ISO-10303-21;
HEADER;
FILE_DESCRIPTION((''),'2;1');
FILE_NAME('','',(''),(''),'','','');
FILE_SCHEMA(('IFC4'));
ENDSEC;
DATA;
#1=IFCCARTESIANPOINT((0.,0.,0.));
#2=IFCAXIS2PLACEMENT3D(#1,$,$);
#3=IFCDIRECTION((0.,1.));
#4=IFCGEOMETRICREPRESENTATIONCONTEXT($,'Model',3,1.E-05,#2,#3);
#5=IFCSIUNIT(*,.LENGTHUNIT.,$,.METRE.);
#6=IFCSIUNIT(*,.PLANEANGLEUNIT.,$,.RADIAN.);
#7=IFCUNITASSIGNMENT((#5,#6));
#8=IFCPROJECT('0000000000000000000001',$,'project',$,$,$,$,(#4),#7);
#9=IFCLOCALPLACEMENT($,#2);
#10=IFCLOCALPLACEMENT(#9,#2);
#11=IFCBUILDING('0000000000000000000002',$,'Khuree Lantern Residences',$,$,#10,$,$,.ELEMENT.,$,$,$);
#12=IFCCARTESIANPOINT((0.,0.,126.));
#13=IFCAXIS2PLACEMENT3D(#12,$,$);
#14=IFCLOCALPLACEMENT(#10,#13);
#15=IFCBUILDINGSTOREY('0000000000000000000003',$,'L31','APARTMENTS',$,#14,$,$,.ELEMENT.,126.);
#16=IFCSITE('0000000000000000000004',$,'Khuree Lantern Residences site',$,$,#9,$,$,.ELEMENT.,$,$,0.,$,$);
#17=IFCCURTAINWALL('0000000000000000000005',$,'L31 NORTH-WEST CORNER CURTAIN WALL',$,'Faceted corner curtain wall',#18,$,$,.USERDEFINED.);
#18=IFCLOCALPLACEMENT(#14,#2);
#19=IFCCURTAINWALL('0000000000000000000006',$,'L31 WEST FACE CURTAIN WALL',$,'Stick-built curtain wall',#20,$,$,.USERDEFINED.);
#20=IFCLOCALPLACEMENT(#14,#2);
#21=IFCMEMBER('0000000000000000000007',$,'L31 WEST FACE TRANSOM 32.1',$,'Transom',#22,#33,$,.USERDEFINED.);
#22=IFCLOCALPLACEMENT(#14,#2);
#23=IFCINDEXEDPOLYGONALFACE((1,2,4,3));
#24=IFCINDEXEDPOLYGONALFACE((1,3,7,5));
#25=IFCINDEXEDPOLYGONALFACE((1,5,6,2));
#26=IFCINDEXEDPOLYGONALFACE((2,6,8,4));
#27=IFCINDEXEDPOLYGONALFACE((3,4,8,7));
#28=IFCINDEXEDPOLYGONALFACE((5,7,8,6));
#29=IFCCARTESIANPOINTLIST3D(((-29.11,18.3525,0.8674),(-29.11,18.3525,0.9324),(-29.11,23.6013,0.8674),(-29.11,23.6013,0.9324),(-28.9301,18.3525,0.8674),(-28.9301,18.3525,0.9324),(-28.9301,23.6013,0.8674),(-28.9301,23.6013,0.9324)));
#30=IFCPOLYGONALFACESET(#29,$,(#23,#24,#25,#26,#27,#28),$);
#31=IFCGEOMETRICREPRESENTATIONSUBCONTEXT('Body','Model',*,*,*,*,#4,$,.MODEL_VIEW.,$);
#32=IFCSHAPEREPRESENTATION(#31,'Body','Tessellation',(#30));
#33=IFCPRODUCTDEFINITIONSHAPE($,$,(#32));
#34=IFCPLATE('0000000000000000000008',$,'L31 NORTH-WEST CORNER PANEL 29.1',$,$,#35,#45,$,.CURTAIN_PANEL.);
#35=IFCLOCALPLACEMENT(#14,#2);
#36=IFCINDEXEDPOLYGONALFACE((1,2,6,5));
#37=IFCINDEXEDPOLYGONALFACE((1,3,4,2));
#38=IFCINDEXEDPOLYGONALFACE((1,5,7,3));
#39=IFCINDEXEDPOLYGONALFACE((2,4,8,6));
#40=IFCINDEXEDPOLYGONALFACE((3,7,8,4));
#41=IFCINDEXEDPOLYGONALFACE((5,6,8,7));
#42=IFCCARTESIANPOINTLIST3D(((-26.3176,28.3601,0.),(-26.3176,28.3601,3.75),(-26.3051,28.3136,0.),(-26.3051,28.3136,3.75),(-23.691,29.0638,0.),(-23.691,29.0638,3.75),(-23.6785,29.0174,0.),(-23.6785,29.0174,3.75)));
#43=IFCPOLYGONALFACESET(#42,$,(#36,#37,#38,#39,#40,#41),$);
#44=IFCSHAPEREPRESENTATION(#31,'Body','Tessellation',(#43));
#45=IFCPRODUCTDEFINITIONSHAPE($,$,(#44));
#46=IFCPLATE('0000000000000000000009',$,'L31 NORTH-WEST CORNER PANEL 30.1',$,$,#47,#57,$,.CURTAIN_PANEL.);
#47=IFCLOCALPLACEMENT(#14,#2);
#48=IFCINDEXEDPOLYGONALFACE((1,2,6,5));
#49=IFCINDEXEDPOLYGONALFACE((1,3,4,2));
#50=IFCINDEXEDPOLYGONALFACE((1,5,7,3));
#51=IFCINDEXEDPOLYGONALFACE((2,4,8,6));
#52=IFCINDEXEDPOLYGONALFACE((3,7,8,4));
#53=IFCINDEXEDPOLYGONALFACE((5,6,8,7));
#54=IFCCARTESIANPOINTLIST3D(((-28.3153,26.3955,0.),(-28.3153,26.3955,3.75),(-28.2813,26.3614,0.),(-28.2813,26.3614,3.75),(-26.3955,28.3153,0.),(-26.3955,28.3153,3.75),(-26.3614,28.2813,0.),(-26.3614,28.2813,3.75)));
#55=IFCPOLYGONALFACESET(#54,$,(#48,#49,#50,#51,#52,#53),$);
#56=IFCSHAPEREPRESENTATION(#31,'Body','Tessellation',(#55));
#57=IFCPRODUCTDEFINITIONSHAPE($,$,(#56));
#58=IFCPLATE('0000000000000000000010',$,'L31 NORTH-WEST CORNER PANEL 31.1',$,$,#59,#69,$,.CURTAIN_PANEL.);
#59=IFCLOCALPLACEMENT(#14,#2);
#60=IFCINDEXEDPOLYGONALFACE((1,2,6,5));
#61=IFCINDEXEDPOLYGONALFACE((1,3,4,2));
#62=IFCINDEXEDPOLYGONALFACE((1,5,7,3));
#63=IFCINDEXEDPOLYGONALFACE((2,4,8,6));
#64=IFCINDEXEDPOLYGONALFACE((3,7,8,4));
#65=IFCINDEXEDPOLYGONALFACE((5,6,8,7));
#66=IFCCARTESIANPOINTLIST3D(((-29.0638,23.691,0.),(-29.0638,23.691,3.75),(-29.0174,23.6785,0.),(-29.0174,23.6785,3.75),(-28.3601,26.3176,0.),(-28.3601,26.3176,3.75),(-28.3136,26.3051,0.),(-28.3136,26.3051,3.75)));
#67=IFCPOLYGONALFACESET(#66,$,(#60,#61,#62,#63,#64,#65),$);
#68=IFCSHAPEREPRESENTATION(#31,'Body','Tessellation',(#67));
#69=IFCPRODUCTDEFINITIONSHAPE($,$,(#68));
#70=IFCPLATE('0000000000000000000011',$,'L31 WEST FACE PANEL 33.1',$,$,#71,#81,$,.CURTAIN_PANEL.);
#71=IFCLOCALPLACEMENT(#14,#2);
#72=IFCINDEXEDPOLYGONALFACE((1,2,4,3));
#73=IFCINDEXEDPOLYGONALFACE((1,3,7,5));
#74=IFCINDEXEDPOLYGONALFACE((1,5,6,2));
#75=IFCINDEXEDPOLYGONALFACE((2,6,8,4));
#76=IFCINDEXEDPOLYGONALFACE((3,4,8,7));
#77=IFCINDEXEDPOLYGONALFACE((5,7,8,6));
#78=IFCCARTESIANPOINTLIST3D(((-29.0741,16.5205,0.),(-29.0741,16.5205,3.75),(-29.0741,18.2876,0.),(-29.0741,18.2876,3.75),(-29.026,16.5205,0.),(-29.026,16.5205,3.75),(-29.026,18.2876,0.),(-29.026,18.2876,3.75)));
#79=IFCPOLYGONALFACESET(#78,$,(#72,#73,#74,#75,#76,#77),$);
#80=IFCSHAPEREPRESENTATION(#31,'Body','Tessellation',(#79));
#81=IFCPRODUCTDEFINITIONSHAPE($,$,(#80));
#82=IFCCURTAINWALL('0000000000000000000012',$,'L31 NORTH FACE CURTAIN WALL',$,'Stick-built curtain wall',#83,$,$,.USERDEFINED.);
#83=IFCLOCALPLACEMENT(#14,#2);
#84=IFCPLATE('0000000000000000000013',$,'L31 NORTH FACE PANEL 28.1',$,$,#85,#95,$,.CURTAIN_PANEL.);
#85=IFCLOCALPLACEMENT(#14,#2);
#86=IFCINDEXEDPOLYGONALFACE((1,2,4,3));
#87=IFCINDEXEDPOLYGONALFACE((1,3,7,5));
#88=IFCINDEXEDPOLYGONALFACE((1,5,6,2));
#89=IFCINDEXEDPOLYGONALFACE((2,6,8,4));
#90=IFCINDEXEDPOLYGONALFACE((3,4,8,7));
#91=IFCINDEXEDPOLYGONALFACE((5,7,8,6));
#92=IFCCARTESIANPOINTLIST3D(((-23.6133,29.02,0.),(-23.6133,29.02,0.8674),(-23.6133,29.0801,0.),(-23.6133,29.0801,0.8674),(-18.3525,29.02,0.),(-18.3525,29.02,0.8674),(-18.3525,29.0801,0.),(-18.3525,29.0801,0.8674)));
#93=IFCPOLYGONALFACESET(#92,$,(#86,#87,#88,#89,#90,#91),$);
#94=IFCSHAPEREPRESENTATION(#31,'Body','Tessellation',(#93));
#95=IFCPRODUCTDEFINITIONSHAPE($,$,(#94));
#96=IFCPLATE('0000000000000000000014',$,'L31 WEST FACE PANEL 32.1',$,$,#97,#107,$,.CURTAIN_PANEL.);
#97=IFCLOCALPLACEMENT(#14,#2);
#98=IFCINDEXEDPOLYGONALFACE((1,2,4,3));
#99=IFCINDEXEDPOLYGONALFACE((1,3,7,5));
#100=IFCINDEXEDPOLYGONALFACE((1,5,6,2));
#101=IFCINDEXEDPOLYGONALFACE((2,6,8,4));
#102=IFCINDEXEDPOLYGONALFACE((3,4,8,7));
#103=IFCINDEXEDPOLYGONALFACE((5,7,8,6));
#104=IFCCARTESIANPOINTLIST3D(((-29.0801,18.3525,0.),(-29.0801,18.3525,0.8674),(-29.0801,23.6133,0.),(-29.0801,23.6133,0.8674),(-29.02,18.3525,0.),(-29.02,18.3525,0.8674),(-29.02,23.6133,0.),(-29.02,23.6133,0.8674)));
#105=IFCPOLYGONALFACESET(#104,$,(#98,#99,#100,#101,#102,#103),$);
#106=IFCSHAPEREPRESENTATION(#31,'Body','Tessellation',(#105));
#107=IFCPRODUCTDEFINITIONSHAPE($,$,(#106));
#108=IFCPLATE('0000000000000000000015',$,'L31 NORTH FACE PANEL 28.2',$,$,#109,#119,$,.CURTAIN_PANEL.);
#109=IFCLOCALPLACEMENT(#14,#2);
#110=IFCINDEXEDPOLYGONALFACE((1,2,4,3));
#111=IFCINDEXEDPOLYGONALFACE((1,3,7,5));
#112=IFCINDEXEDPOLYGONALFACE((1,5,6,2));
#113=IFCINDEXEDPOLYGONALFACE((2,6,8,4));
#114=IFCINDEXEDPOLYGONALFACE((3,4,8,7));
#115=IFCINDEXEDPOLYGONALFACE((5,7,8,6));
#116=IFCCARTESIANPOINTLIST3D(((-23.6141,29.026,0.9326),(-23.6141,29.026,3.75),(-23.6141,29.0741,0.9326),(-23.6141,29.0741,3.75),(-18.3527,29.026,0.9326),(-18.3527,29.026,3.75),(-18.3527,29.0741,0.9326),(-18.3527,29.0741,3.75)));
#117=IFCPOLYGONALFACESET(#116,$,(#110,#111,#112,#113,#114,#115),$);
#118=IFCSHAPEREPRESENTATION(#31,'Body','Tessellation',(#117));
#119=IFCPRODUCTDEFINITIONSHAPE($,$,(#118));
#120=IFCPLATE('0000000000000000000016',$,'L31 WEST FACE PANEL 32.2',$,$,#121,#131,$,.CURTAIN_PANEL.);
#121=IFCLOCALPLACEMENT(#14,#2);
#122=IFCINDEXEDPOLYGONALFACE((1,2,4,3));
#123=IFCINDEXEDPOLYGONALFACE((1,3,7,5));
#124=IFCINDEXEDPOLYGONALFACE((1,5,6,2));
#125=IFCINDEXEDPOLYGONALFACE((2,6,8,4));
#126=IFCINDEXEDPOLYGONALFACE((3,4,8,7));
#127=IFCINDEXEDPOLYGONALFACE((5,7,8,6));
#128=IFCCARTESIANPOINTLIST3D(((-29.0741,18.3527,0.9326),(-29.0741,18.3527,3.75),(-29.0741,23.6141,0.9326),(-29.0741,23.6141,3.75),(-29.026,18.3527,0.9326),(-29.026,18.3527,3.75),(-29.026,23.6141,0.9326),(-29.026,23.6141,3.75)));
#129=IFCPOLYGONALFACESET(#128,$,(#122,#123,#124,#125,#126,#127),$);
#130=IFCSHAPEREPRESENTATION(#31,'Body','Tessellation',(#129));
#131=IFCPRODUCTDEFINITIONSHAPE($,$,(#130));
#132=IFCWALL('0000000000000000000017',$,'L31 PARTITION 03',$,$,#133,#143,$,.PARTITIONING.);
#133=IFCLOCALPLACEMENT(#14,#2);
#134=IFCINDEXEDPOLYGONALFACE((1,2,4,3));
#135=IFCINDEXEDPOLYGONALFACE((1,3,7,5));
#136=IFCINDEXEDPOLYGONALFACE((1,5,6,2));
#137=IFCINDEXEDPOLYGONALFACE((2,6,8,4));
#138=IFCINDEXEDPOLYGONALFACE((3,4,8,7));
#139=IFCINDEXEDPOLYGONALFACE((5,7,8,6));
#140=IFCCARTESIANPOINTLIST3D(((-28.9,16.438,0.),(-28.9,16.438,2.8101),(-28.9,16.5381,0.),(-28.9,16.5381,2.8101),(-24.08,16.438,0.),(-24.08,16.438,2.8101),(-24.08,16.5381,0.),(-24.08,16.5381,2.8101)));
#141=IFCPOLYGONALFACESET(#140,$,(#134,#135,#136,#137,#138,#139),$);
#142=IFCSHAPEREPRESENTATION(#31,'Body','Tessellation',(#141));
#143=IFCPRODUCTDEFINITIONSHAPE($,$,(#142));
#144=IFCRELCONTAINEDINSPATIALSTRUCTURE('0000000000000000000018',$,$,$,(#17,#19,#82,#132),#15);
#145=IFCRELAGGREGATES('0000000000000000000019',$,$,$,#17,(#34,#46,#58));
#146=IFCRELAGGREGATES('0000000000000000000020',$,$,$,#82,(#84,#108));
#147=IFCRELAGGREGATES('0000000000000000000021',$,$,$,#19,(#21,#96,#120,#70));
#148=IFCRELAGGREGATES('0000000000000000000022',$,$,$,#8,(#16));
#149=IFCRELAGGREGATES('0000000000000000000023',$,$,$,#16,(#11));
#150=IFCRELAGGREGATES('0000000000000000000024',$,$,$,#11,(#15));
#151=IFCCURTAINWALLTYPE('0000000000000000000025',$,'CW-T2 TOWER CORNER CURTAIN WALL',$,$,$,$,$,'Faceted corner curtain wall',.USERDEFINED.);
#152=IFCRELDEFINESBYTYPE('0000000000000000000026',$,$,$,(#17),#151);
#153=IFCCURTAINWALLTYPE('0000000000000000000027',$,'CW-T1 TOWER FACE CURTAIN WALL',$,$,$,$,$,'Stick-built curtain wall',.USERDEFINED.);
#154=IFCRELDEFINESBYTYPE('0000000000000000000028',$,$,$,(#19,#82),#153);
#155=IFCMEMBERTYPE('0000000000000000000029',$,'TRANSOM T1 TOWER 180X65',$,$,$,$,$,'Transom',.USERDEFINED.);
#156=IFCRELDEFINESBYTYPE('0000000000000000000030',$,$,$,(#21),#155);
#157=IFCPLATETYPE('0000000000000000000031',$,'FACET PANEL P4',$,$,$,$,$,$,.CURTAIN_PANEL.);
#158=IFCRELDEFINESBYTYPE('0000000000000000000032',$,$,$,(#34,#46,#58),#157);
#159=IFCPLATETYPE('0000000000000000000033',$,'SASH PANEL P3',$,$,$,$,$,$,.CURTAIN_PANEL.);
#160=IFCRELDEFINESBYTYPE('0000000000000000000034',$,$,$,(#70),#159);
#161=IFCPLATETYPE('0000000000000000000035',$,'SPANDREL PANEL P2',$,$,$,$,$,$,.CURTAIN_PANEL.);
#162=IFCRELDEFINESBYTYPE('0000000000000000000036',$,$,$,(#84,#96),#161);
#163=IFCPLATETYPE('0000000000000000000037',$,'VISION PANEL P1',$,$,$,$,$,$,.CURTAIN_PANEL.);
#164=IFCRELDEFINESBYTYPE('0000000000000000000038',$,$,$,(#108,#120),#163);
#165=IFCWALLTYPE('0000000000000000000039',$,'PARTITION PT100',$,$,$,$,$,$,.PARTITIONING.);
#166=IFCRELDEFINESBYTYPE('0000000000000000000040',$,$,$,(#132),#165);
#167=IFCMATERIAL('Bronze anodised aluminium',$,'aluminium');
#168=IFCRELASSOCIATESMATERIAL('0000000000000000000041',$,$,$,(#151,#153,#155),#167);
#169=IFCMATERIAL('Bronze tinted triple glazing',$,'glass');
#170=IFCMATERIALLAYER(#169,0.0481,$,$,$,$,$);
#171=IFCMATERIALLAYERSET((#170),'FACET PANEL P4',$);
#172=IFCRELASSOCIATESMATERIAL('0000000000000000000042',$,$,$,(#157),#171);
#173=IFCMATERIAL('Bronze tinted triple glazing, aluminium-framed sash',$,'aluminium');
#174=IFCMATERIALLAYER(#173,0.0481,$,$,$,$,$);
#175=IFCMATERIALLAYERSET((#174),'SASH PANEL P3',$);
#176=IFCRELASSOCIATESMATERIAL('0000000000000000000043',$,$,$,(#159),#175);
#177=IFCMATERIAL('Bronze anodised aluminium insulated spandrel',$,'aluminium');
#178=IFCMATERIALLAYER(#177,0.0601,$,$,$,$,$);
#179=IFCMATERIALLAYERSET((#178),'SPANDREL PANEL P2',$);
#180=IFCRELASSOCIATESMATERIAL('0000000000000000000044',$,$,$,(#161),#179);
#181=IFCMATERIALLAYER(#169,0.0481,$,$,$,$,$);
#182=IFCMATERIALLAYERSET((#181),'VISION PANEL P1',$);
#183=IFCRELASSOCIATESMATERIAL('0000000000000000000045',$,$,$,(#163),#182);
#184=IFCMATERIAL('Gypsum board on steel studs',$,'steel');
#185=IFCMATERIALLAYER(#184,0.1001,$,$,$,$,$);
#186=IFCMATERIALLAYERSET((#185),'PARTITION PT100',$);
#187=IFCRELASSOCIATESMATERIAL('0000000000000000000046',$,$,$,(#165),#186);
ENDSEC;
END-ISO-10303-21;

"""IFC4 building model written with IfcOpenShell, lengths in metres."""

from ifc_helpers import new_model, si_unit, direction, frame, frame_2d, origin, origin_2d, place, context, subcontext, project, spatial, rectangle, extrude, material, layer, layer_set, material_profile, profile_set, type_object, element, aggregate, save


model = new_model("IFC4")

# Units and contexts
model_context = context("Model", 3, precision=1e-05, world=origin(), true_north=direction((0.0, 1.0)))
body_context = subcontext(model_context, "Body", "Model", "MODEL_VIEW")
ifc_project = project(units=[si_unit("LENGTHUNIT", "METRE"), si_unit("PLANEANGLEUNIT", "RADIAN")], contexts=[model_context])

# Site, building, storey
site_placement = place(None, origin())
site = spatial("IfcSite", under=ifc_project, at=site_placement, Name="Khuree Lantern Residences site", CompositionType="ELEMENT", RefElevation=0.0)
building_placement = place(site_placement, origin())
building = spatial("IfcBuilding", under=site, at=building_placement, Name="Khuree Lantern Residences", CompositionType="ELEMENT")
storey_placement = place(building_placement, frame((0.0, 0.0, 126.0)))
storey = spatial("IfcBuildingStorey", under=building, at=storey_placement, Name="L31", Description="APARTMENTS", CompositionType="ELEMENT", Elevation=126.0)

# Curtain walls
ifc_material_1 = material(Name="Bronze anodised aluminium", Category="aluminium")
curtain_wall_type_1 = type_object("IfcCurtainWallType", Name="CW-T2 TOWER CORNER CURTAIN WALL", ElementType="Faceted corner curtain wall", PredefinedType="USERDEFINED", material=ifc_material_1)
curtain_wall_1_placement = place(storey_placement, origin())
curtain_wall_1 = element("IfcCurtainWall", 1, at=curtain_wall_1_placement, inside=storey, type_object=curtain_wall_type_1, Name="L31 NORTH-WEST CORNER CURTAIN WALL", ObjectType="Faceted corner curtain wall", PredefinedType="USERDEFINED")
curtain_wall_type_2 = type_object("IfcCurtainWallType", Name="CW-T1 TOWER FACE CURTAIN WALL", ElementType="Stick-built curtain wall", PredefinedType="USERDEFINED", material=ifc_material_1)
curtain_wall_2_placement = place(storey_placement, origin())
curtain_wall_2 = element("IfcCurtainWall", 2, at=curtain_wall_2_placement, inside=storey, type_object=curtain_wall_type_2, Name="L31 WEST FACE CURTAIN WALL", ObjectType="Stick-built curtain wall", PredefinedType="USERDEFINED")

# Member
ifc_material_profile_1 = material_profile(ifc_material_1, rectangle(XDim=0.1799, YDim=0.0649, at=origin_2d()), Name="T1 180X65")
ifc_profile_set_1 = profile_set([ifc_material_profile_1], Name="Bronze anodised aluminium")
member_type_1 = type_object("IfcMemberType", Name="TRANSOM T1 TOWER 180X65", ElementType="Transom", PredefinedType="USERDEFINED", material=ifc_profile_set_1)
member_1_placement = place(storey_placement, frame((-29.02, 23.6013, 0.8999), z_axis=(0.0, -1.0, 0.0), x_axis=(1.0, 0.0, 0.0)))
member_1 = element("IfcMember", 3, at=member_1_placement, type_object=member_type_1, Name="L31 WEST FACE TRANSOM 32.1", ObjectType="Transom", PredefinedType="USERDEFINED", context=body_context, shape_type="SweptSolid", body=[
    extrude(rectangle(XDim=0.1799, YDim=0.0649, at=origin_2d()), origin(), (0.0, 0.0, 1.0), 5.2488),
])

# Plates
ifc_material_2 = material(Name="Bronze tinted triple glazing", Category="glass")
ifc_layer_1 = layer(ifc_material_2, 0.0481)
ifc_layer_set_1 = layer_set([ifc_layer_1], Name="FACET PANEL P4")
plate_type_1 = type_object("IfcPlateType", Name="FACET PANEL P4", PredefinedType="CURTAIN_PANEL", material=ifc_layer_set_1)
plate_1_placement = place(storey_placement, frame((-24.998, 28.6887, 0.0), z_axis=(0.0, 0.0, 1.0), x_axis=(-0.965926, -0.258819, 0.0)))
plate_1 = element("IfcPlate", 4, at=plate_1_placement, type_object=plate_type_1, Name="L31 NORTH-WEST CORNER PANEL 29.1", PredefinedType="CURTAIN_PANEL", context=body_context, shape_type="SweptSolid", body=[
    extrude(rectangle(XDim=2.7192, YDim=0.0481, at=origin_2d()), origin(), (0.0, 0.0, 1.0), 3.75),
])
plate_2_placement = place(storey_placement, frame((-27.3384, 27.3384, 0.0), z_axis=(0.0, 0.0, 1.0), x_axis=(-0.707107, -0.707107, 0.0)))
plate_2 = element("IfcPlate", 5, at=plate_2_placement, type_object=plate_type_1, Name="L31 NORTH-WEST CORNER PANEL 30.1", PredefinedType="CURTAIN_PANEL", context=body_context, shape_type="SweptSolid", body=[
    extrude(rectangle(XDim=2.7151, YDim=0.0481, at=origin_2d()), origin(), (0.0, 0.0, 1.0), 3.75),
])
plate_3_placement = place(storey_placement, frame((-28.6887, 24.998, 0.0), z_axis=(0.0, 0.0, 1.0), x_axis=(-0.258819, -0.965926, 0.0)))
plate_3 = element("IfcPlate", 6, at=plate_3_placement, type_object=plate_type_1, Name="L31 NORTH-WEST CORNER PANEL 31.1", PredefinedType="CURTAIN_PANEL", context=body_context, shape_type="SweptSolid", body=[
    extrude(rectangle(XDim=2.7192, YDim=0.0481, at=origin_2d()), origin(), (0.0, 0.0, 1.0), 3.75),
])
aggregate(curtain_wall_1, [plate_1, plate_2, plate_3])
ifc_material_3 = material(Name="Bronze tinted triple glazing, aluminium-framed sash", Category="aluminium")
ifc_layer_2 = layer(ifc_material_3, 0.0481)
ifc_layer_set_2 = layer_set([ifc_layer_2], Name="SASH PANEL P3")
plate_type_2 = type_object("IfcPlateType", Name="SASH PANEL P3", PredefinedType="CURTAIN_PANEL", material=ifc_layer_set_2)
plate_4_placement = place(storey_placement, frame((-29.05, 17.4041, 0.0), z_axis=(0.0, 0.0, 1.0), x_axis=(0.0, -1.0, 0.0)))
plate_4 = element("IfcPlate", 7, at=plate_4_placement, type_object=plate_type_2, Name="L31 WEST FACE PANEL 33.1", PredefinedType="CURTAIN_PANEL", context=body_context, shape_type="SweptSolid", body=[
    extrude(rectangle(XDim=1.7671, YDim=0.0481, at=origin_2d()), origin(), (0.0, 0.0, 1.0), 3.75),
])

# Curtain wall, plate
curtain_wall_3_placement = place(storey_placement, origin())
curtain_wall_3 = element("IfcCurtainWall", 8, at=curtain_wall_3_placement, inside=storey, type_object=curtain_wall_type_2, Name="L31 NORTH FACE CURTAIN WALL", ObjectType="Stick-built curtain wall", PredefinedType="USERDEFINED")
ifc_material_4 = material(Name="Bronze anodised aluminium insulated spandrel", Category="aluminium")
ifc_layer_3 = layer(ifc_material_4, 0.0601)
ifc_layer_set_3 = layer_set([ifc_layer_3], Name="SPANDREL PANEL P2")
plate_type_3 = type_object("IfcPlateType", Name="SPANDREL PANEL P2", PredefinedType="CURTAIN_PANEL", material=ifc_layer_set_3)
plate_5_placement = place(storey_placement, frame((-20.9829, 29.05, 0.0), z_axis=(0.0, 0.0, 1.0), x_axis=(-1.0, 0.0, 0.0)))
plate_5 = element("IfcPlate", 9, at=plate_5_placement, type_object=plate_type_3, Name="L31 NORTH FACE PANEL 28.1", PredefinedType="CURTAIN_PANEL", context=body_context, shape_type="SweptSolid", body=[
    extrude(rectangle(XDim=5.2607, YDim=0.0601, at=origin_2d()), origin(), (0.0, 0.0, 1.0), 0.8674),
])

# Plates
plate_6_placement = place(storey_placement, frame((-29.05, 20.9829, 0.0), z_axis=(0.0, 0.0, 1.0), x_axis=(0.0, -1.0, 0.0)))
plate_6 = element("IfcPlate", 10, at=plate_6_placement, type_object=plate_type_3, Name="L31 WEST FACE PANEL 32.1", PredefinedType="CURTAIN_PANEL", context=body_context, shape_type="SweptSolid", body=[
    extrude(rectangle(XDim=5.2607, YDim=0.0601, at=origin_2d()), origin(), (0.0, 0.0, 1.0), 0.8674),
])
ifc_layer_4 = layer(ifc_material_2, 0.0481)
ifc_layer_set_4 = layer_set([ifc_layer_4], Name="VISION PANEL P1")
plate_type_4 = type_object("IfcPlateType", Name="VISION PANEL P1", PredefinedType="CURTAIN_PANEL", material=ifc_layer_set_4)
plate_7_placement = place(storey_placement, frame((-20.9834, 29.05, 0.9326), z_axis=(0.0, 0.0, 1.0), x_axis=(-1.0, 0.0, 0.0)))
plate_7 = element("IfcPlate", 11, at=plate_7_placement, type_object=plate_type_4, Name="L31 NORTH FACE PANEL 28.2", PredefinedType="CURTAIN_PANEL", context=body_context, shape_type="SweptSolid", body=[
    extrude(rectangle(XDim=5.2615, YDim=0.0481, at=origin_2d()), origin(), (0.0, 0.0, 1.0), 2.8174),
])
aggregate(curtain_wall_3, [plate_5, plate_7])
plate_8_placement = place(storey_placement, frame((-29.05, 20.9834, 0.9326), z_axis=(0.0, 0.0, 1.0), x_axis=(0.0, -1.0, 0.0)))
plate_8 = element("IfcPlate", 12, at=plate_8_placement, type_object=plate_type_4, Name="L31 WEST FACE PANEL 32.2", PredefinedType="CURTAIN_PANEL", context=body_context, shape_type="SweptSolid", body=[
    extrude(rectangle(XDim=5.2615, YDim=0.0481, at=origin_2d()), origin(), (0.0, 0.0, 1.0), 2.8174),
])
aggregate(curtain_wall_2, [member_1, plate_6, plate_8, plate_4])

# Wall
ifc_material_5 = material(Name="Gypsum board on steel studs", Category="steel")
ifc_layer_5 = layer(ifc_material_5, 0.1001)
ifc_layer_set_5 = layer_set([ifc_layer_5], Name="PARTITION PT100")
wall_type = type_object("IfcWallType", Name="PARTITION PT100", PredefinedType="PARTITIONING", material=ifc_layer_set_5)
wall_placement = place(storey_placement, frame((-24.0798, 16.488, 0.0), z_axis=(0.0, 0.0, 1.0), x_axis=(-1.0, 0.0, 0.0)))
element("IfcWall", 13, at=wall_placement, inside=storey, type_object=wall_type, Name="L31 PARTITION 03", PredefinedType="PARTITIONING", context=body_context, shape_type="SweptSolid", body=[
    extrude(rectangle(XDim=4.8201, YDim=0.1001, at=frame_2d((2.4102, 0.0))), origin(), (0.0, 0.0, 1.0), 2.8101),
])

save(model, "model.ifc")
